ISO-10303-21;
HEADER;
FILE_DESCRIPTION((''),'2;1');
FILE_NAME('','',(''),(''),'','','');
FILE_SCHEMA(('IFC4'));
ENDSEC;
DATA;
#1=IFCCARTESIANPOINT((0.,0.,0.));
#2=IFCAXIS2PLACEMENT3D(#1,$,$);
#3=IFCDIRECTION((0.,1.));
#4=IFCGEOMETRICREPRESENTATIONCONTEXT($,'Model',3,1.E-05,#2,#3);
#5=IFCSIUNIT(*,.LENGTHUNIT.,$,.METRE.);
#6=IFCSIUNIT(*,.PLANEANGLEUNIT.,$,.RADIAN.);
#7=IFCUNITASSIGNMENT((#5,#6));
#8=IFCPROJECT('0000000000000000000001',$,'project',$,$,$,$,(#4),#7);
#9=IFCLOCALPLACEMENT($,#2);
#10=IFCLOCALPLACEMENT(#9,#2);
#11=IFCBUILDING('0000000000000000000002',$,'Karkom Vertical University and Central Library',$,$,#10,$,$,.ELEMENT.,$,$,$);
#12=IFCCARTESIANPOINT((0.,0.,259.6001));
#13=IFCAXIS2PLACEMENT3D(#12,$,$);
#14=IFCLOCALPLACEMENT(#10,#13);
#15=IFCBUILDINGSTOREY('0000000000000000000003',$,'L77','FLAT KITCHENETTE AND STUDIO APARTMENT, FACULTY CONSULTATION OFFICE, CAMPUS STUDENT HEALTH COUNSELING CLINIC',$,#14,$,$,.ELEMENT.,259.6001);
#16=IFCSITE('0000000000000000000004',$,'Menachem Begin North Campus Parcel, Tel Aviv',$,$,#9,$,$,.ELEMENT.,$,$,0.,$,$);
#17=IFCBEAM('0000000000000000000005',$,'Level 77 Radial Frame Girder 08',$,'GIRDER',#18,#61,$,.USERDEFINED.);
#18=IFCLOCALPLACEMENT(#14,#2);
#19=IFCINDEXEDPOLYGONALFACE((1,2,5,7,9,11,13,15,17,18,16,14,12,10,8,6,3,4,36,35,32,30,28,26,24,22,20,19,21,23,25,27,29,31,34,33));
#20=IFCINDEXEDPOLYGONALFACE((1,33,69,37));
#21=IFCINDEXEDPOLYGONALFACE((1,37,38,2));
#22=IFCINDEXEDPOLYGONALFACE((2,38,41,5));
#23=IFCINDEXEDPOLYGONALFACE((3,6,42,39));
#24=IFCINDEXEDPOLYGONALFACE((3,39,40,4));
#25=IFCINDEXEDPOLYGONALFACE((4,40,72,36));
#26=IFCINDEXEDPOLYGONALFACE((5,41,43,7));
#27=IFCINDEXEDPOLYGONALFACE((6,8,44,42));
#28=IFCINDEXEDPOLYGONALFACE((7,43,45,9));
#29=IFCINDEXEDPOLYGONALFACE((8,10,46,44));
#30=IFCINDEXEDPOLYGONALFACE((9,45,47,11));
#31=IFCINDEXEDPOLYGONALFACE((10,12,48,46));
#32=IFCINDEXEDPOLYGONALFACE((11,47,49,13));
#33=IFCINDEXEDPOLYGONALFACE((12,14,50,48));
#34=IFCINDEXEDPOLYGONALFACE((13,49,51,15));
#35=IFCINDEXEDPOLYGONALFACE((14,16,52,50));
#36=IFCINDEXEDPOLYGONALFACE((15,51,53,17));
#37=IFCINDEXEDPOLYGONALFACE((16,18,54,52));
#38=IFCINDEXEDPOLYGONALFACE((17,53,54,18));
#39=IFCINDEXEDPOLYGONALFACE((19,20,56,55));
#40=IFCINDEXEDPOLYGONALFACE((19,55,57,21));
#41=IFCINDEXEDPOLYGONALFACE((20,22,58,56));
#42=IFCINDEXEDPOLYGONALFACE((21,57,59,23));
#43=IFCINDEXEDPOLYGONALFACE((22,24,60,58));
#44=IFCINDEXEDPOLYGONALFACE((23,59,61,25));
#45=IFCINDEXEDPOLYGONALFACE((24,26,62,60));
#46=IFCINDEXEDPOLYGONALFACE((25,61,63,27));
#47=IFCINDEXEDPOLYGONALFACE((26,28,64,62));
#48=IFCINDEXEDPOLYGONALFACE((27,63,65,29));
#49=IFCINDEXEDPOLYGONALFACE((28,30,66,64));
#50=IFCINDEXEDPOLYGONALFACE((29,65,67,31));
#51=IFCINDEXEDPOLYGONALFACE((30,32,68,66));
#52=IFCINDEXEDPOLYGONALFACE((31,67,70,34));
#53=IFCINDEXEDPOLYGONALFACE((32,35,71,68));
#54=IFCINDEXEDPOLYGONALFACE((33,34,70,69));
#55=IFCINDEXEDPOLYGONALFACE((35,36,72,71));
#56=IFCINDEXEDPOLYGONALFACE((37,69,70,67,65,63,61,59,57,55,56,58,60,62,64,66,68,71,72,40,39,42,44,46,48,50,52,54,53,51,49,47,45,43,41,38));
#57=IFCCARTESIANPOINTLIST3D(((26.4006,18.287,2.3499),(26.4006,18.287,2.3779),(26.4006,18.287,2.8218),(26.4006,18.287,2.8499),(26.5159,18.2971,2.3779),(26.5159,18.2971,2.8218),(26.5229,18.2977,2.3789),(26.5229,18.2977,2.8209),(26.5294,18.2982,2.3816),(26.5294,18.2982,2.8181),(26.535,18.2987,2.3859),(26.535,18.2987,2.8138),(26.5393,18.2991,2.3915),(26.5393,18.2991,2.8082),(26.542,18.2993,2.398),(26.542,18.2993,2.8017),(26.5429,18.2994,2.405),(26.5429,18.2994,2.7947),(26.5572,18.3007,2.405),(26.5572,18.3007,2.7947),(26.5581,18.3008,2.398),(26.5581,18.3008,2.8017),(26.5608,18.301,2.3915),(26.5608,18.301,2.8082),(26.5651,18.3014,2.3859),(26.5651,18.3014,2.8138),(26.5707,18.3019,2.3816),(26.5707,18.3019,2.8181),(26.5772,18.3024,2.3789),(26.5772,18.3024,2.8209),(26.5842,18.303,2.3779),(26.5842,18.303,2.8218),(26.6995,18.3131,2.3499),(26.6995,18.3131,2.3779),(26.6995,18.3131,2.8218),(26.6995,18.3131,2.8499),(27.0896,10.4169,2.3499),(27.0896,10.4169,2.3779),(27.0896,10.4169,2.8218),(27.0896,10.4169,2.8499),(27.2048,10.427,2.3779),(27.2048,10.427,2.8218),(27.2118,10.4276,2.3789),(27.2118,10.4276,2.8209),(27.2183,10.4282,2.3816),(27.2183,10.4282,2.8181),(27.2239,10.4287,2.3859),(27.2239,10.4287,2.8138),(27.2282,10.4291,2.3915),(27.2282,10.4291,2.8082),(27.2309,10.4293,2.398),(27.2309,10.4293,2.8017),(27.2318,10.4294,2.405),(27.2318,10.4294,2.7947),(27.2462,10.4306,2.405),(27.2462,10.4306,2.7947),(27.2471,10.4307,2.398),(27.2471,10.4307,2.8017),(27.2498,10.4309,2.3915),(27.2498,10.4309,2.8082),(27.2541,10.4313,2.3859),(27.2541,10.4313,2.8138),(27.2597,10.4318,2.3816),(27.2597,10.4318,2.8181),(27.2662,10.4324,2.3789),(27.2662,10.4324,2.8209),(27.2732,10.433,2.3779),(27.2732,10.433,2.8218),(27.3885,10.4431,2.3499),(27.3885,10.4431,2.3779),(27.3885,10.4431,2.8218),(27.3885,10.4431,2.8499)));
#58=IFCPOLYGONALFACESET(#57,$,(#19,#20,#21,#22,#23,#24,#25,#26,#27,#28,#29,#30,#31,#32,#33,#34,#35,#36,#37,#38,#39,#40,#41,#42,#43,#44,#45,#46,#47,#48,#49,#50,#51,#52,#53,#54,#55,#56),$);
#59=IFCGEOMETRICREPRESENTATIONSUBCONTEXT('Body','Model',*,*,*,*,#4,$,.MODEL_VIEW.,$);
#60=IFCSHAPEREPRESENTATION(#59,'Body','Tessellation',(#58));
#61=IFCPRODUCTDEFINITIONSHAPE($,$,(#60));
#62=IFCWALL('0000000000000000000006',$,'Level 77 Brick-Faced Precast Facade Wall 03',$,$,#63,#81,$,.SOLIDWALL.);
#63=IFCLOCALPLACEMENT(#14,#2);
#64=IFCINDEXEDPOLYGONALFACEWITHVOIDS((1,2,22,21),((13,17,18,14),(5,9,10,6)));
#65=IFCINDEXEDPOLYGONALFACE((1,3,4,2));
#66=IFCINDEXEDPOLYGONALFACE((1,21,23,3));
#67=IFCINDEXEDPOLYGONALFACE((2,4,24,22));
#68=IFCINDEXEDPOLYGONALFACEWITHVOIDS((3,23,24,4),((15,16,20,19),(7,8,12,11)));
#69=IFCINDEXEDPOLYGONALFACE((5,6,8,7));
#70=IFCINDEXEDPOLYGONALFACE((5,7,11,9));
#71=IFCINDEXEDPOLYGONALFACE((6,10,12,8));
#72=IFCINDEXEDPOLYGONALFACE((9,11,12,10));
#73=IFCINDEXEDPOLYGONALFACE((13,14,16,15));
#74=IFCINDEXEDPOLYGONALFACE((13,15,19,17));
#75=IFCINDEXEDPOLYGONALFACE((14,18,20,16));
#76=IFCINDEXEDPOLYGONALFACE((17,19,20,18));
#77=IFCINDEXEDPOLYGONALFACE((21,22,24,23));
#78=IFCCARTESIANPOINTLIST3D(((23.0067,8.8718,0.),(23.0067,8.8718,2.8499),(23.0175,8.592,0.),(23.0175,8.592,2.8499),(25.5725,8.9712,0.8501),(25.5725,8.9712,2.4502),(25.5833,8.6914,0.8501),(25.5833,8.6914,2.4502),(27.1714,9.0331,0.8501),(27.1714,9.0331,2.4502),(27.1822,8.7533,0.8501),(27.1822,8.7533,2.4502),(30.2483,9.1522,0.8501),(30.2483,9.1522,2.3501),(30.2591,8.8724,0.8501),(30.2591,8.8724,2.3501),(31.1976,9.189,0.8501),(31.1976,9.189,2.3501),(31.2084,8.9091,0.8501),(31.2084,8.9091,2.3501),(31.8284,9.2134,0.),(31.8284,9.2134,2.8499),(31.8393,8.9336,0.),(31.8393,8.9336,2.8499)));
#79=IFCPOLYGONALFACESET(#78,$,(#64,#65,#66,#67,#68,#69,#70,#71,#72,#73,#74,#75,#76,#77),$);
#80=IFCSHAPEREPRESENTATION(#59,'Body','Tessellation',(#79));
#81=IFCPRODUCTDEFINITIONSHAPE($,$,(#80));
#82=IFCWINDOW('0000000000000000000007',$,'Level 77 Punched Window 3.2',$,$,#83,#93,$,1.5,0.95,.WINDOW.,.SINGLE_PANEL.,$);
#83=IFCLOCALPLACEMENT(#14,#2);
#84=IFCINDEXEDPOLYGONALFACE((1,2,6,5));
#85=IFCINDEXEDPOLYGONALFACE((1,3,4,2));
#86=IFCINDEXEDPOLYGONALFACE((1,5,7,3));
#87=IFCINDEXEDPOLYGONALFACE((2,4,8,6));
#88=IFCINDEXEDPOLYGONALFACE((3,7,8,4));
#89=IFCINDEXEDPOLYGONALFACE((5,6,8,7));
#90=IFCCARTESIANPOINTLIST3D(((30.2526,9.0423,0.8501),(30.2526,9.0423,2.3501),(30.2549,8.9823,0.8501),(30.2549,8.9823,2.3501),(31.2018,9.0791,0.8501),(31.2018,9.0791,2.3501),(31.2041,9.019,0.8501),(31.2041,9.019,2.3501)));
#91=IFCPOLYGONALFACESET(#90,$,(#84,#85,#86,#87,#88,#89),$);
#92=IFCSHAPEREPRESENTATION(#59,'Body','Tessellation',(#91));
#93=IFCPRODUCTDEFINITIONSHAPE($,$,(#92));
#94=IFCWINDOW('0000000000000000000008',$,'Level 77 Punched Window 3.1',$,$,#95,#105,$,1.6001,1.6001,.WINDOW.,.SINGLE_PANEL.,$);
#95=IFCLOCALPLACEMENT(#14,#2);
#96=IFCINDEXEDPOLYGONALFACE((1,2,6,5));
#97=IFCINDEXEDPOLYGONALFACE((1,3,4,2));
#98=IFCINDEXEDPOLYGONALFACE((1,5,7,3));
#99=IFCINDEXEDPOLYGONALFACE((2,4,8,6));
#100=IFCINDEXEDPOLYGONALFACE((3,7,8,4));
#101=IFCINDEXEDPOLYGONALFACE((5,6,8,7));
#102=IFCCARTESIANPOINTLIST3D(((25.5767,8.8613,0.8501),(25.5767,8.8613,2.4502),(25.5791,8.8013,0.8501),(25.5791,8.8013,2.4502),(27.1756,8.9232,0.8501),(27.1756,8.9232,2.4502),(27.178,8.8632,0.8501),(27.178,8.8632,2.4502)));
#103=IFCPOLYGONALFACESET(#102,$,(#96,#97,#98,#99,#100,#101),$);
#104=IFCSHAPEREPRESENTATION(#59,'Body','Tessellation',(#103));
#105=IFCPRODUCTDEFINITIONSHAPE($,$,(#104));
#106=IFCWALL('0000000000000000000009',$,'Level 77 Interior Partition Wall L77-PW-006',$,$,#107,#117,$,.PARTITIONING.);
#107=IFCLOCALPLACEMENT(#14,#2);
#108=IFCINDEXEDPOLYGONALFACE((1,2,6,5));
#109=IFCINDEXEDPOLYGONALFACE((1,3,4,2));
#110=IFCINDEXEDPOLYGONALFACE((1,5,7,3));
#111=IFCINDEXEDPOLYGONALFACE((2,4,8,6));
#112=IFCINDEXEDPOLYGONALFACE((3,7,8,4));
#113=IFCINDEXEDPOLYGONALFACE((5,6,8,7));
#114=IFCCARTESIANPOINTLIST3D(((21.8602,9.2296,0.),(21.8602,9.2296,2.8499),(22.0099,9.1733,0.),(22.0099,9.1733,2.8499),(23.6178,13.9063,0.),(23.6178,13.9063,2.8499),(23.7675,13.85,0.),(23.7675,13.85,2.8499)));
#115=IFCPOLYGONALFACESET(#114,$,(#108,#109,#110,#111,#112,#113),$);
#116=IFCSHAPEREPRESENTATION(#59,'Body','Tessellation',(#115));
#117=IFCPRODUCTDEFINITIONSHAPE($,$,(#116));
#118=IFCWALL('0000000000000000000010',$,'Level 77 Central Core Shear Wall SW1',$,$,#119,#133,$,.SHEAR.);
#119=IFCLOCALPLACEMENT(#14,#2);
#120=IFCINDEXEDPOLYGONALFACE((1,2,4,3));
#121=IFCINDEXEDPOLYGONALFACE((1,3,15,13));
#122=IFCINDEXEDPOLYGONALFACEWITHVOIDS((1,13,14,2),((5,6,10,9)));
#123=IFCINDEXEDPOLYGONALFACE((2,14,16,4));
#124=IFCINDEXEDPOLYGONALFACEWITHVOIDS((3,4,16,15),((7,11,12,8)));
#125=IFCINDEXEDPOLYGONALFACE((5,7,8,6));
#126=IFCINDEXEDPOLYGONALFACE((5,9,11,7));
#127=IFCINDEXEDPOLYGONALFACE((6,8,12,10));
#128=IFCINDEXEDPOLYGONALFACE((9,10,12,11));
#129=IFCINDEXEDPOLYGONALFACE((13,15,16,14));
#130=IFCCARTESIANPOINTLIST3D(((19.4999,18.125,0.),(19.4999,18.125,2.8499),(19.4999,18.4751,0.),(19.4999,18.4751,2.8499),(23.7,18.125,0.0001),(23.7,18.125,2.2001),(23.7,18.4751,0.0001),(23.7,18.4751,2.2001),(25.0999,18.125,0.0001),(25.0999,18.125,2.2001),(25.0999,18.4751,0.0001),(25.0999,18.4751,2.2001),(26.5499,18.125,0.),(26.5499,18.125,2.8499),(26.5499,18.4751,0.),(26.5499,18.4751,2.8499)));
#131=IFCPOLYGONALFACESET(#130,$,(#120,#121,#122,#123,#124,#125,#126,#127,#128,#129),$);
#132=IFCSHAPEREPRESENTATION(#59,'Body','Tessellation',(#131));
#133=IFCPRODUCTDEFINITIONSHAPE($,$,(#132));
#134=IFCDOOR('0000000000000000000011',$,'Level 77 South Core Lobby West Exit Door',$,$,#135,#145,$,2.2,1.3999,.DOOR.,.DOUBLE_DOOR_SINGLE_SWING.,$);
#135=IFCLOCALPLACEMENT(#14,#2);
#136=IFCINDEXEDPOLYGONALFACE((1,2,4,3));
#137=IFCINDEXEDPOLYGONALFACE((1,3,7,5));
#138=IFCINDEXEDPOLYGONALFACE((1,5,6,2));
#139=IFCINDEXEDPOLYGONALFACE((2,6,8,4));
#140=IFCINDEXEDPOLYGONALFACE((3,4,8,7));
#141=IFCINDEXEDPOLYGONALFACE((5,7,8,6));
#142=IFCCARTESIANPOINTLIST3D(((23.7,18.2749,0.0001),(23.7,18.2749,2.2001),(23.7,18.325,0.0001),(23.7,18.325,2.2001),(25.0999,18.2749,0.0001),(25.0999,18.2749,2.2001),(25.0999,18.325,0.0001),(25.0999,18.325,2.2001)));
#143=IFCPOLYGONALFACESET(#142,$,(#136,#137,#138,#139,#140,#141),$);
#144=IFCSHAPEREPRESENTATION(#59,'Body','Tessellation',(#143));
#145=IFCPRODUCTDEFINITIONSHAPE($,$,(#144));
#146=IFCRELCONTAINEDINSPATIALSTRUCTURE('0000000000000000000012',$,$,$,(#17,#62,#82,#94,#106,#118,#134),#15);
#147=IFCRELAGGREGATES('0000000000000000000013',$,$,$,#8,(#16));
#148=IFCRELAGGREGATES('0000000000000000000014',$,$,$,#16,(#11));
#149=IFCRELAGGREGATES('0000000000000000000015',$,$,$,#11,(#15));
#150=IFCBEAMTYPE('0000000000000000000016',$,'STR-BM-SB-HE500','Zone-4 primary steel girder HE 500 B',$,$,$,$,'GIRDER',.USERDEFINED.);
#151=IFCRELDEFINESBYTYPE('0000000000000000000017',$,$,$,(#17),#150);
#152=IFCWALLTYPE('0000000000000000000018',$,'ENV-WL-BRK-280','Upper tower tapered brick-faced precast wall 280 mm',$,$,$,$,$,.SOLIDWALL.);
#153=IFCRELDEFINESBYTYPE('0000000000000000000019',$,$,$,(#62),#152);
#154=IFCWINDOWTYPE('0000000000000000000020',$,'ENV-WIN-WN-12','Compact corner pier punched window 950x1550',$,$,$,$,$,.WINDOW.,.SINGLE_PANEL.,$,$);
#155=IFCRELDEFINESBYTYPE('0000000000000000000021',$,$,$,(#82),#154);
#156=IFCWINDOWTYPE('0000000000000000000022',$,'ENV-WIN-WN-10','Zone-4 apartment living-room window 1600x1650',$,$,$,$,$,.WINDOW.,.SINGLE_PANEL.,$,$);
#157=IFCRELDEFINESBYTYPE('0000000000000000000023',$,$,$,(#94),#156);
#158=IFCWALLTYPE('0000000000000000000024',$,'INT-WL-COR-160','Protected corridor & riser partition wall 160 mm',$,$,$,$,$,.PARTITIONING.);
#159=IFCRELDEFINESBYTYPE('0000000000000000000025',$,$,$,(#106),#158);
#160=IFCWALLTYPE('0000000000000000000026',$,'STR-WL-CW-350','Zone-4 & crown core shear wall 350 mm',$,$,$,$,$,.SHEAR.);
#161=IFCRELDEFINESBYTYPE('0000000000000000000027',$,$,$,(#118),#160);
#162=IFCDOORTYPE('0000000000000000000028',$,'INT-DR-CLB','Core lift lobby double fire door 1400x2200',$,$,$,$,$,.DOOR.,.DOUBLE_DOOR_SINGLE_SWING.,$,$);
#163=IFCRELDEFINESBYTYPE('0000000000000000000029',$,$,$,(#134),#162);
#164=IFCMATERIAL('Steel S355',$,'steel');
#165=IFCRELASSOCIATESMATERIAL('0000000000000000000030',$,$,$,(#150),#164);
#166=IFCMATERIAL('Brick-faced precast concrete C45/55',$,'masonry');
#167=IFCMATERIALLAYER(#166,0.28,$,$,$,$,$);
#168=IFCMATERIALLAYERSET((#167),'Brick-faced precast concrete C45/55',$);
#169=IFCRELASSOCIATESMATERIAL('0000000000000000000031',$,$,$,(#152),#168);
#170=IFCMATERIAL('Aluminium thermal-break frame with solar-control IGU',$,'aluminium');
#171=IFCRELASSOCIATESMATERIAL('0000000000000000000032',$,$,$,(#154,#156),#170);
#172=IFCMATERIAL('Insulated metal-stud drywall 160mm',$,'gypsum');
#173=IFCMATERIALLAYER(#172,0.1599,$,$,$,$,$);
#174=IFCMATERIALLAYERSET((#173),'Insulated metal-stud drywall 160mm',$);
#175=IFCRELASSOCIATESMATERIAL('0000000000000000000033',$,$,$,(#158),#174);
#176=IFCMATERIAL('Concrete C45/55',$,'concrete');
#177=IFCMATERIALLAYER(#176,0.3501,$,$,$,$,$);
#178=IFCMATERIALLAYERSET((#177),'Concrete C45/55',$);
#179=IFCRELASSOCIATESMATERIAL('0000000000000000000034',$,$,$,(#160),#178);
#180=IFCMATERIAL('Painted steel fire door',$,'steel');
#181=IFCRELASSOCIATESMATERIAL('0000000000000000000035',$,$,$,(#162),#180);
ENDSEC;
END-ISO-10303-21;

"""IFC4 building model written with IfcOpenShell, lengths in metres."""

from ifc_helpers import new_model, si_unit, direction, frame, frame_2d, origin, origin_with_axes, origin_2d, place, context, subcontext, project, spatial, rectangle, i_section, extrude, source, transform, mapped, material, layer, layer_set, material_profile, profile_set, type_object, element, fill, save


model = new_model("IFC4")

# Units and contexts
model_context = context("Model", 3, precision=1e-05, world=origin(), true_north=direction((0.0, 1.0)))
body_context = subcontext(model_context, "Body", "Model", "MODEL_VIEW")
ifc_project = project(units=[si_unit("LENGTHUNIT", "METRE"), si_unit("PLANEANGLEUNIT", "RADIAN")], contexts=[model_context])

# Site, building, storey
site_placement = place(None, origin())
site = spatial("IfcSite", under=ifc_project, at=site_placement, Name="Menachem Begin North Campus Parcel, Tel Aviv", CompositionType="ELEMENT", RefElevation=0.0)
building_placement = place(site_placement, origin())
building = spatial("IfcBuilding", under=site, at=building_placement, Name="Karkom Vertical University and Central Library", CompositionType="ELEMENT")
storey_placement = place(building_placement, frame((0.0, 0.0, 259.6001)))
storey = spatial("IfcBuildingStorey", under=building, at=storey_placement, Name="L77", Description="FLAT KITCHENETTE AND STUDIO APARTMENT, FACULTY CONSULTATION OFFICE, CAMPUS STUDENT HEALTH COUNSELING CLINIC", CompositionType="ELEMENT", Elevation=259.6001)

# Shared definitions
ifc_material_1 = material(Name="Concrete C45/55", Category="concrete")

# Beam
ifc_material_2 = material(Name="Steel S355", Category="steel")
ifc_material_profile_1 = material_profile(ifc_material_2, i_section(OverallWidth=0.3, OverallDepth=0.5, WebThickness=0.0144, FlangeThickness=0.0281, FilletRadius=0.0271, at=origin_2d()), Name="HE 500 B")
ifc_profile_set_1 = profile_set([ifc_material_profile_1], Name="Steel S355")
beam_type = type_object("IfcBeamType", Name="STR-BM-SB-HE500", Description="Zone-4 primary steel girder HE 500 B", ElementType="GIRDER", PredefinedType="USERDEFINED", material=ifc_profile_set_1)
shared_shape_1 = source(origin_with_axes(), body_context, "Body", "SweptSolid", [
    extrude(i_section(OverallWidth=0.3, OverallDepth=0.5, WebThickness=0.0144, FlangeThickness=0.0281, FilletRadius=0.0271, at=origin_2d()), origin(), (0.0, 0.0, 1.0), 7.9001),
])
beam_1_placement = place(storey_placement, frame((26.55, 18.3, 2.5999), z_axis=(0.087208, -0.99619, 0.0), x_axis=(0.99619, 0.087208, 0.0)))
element("IfcBeam", 1, at=beam_1_placement, inside=storey, type_object=beam_type, Name="Level 77 Radial Frame Girder 08", ObjectType="GIRDER", PredefinedType="USERDEFINED", context=body_context, shape_type="MappedRepresentation", body=[
    mapped(shared_shape_1, transform((0.0, 0.0, 0.0), scale=1.0)),
])

# Wall, openings, windows
ifc_material_3 = material(Name="Brick-faced precast concrete C45/55", Category="masonry")
ifc_layer_1 = layer(ifc_material_3, 0.28)
ifc_layer_set_1 = layer_set([ifc_layer_1], Name="Brick-faced precast concrete C45/55")
wall_type_1 = type_object("IfcWallType", Name="ENV-WL-BRK-280", Description="Upper tower tapered brick-faced precast wall 280 mm", PredefinedType="SOLIDWALL", material=ifc_layer_set_1)
wall_1_placement = place(storey_placement, frame((23.0122, 8.7319, 0.0), z_axis=(0.0, 0.0, 1.0), x_axis=(0.999251, 0.038688, 0.0)))
wall_1 = element("IfcWall", 2, at=wall_1_placement, inside=storey, type_object=wall_type_1, Name="Level 77 Brick-Faced Precast Facade Wall 03", PredefinedType="SOLIDWALL", context=body_context, shape_type="SweptSolid", body=[
    extrude(rectangle(XDim=8.8284, YDim=0.28, at=frame_2d((4.4141, 0.0))), origin(), (0.0, 0.0, 1.0), 2.8499),
])
opening_1_placement = place(wall_1_placement, frame((2.5676, 0.0, 0.8501)))
opening_1 = element("IfcOpeningElement", 3, at=opening_1_placement, cuts=wall_1, PredefinedType="OPENING", context=body_context, shape_type="SweptSolid", body=[
    extrude(rectangle(XDim=1.6001, YDim=1.6001, at=frame_2d((0.8, 0.8))), frame((0.0, 0.1499, 0.0), z_axis=(0.0, -1.0, 0.0), x_axis=(1.0, 0.0, 0.0)), (0.0, 0.0, 1.0), 0.3),
])
opening_2_placement = place(wall_1_placement, frame((7.2468, 0.0, 0.8501)))
opening_2 = element("IfcOpeningElement", 4, at=opening_2_placement, cuts=wall_1, PredefinedType="OPENING", context=body_context, shape_type="SweptSolid", body=[
    extrude(rectangle(XDim=0.95, YDim=1.5, at=frame_2d((0.4751, 0.75))), frame((0.0, 0.1499, 0.0), z_axis=(0.0, -1.0, 0.0), x_axis=(1.0, 0.0, 0.0)), (0.0, 0.0, 1.0), 0.3),
])
ifc_material_4 = material(Name="Aluminium thermal-break frame with solar-control IGU", Category="aluminium")
window_type_1 = type_object("IfcWindowType", Name="ENV-WIN-WN-12", Description="Compact corner pier punched window 950x1550", PartitioningType="SINGLE_PANEL", PredefinedType="WINDOW", material=ifc_material_4)
shared_shape_2 = source(origin_with_axes(), body_context, "Body", "SweptSolid", [
    extrude(rectangle(XDim=0.95, YDim=1.5, at=frame_2d((0.4751, 0.75))), frame((0.0, 0.03, 0.0), z_axis=(0.0, -1.0, 0.0), x_axis=(1.0, 0.0, 0.0)), (0.0, 0.0, 1.0), 0.0601),
])
window_1_placement = place(opening_2_placement, origin())
window_1 = element("IfcWindow", 5, at=window_1_placement, inside=storey, type_object=window_type_1, Name="Level 77 Punched Window 3.2", OverallHeight=1.5, OverallWidth=0.95, PartitioningType="SINGLE_PANEL", PredefinedType="WINDOW", context=body_context, shape_type="MappedRepresentation", body=[
    mapped(shared_shape_2, transform((0.0, 0.0, 0.0), scale=1.0)),
])
fill(opening_2, window_1)
window_type_2 = type_object("IfcWindowType", Name="ENV-WIN-WN-10", Description="Zone-4 apartment living-room window 1600x1650", PartitioningType="SINGLE_PANEL", PredefinedType="WINDOW", material=ifc_material_4)
shared_shape_3 = source(origin_with_axes(), body_context, "Body", "SweptSolid", [
    extrude(rectangle(XDim=1.6001, YDim=1.6001, at=frame_2d((0.8, 0.8))), frame((0.0, 0.03, 0.0), z_axis=(0.0, -1.0, 0.0), x_axis=(1.0, 0.0, 0.0)), (0.0, 0.0, 1.0), 0.0601),
])
window_2_placement = place(opening_1_placement, origin())
window_2 = element("IfcWindow", 6, at=window_2_placement, inside=storey, type_object=window_type_2, Name="Level 77 Punched Window 3.1", OverallHeight=1.6001, OverallWidth=1.6001, PartitioningType="SINGLE_PANEL", PredefinedType="WINDOW", context=body_context, shape_type="MappedRepresentation", body=[
    mapped(shared_shape_3, transform((0.0, 0.0, 0.0), scale=1.0)),
])
fill(opening_1, window_2)

# Wall
ifc_material_5 = material(Name="Insulated metal-stud drywall 160mm", Category="gypsum")
ifc_layer_2 = layer(ifc_material_5, 0.1599)
ifc_layer_set_2 = layer_set([ifc_layer_2], Name="Insulated metal-stud drywall 160mm")
wall_type_2 = type_object("IfcWallType", Name="INT-WL-COR-160", Description="Protected corridor & riser partition wall 160 mm", PredefinedType="PARTITIONING", material=ifc_layer_set_2)
wall_2_placement = place(storey_placement, frame((23.6926, 13.8782, 0.0), z_axis=(0.0, 0.0, 1.0), x_axis=(-0.351787, -0.93608, 0.0)))
element("IfcWall", 7, at=wall_2_placement, inside=storey, type_object=wall_type_2, Name="Level 77 Interior Partition Wall L77-PW-006", PredefinedType="PARTITIONING", context=body_context, shape_type="SweptSolid", body=[
    extrude(rectangle(XDim=4.9961, YDim=0.1599, at=frame_2d((2.498, 0.0))), origin(), (0.0, 0.0, 1.0), 2.8499),
])

# Wall, opening, door
ifc_layer_3 = layer(ifc_material_1, 0.3501)
ifc_layer_set_3 = layer_set([ifc_layer_3], Name="Concrete C45/55")
wall_type_3 = type_object("IfcWallType", Name="STR-WL-CW-350", Description="Zone-4 & crown core shear wall 350 mm", PredefinedType="SHEAR", material=ifc_layer_set_3)
wall_3_placement = place(storey_placement, frame((19.5, 18.3, 0.0), z_axis=(0.0, 0.0, 1.0), x_axis=(1.0, 0.0, 0.0)))
wall_3 = element("IfcWall", 8, at=wall_3_placement, inside=storey, type_object=wall_type_3, Name="Level 77 Central Core Shear Wall SW1", PredefinedType="SHEAR", context=body_context, shape_type="SweptSolid", body=[
    extrude(rectangle(XDim=7.05, YDim=0.3501, at=frame_2d((3.5249, 0.0))), origin(), (0.0, 0.0, 1.0), 2.8499),
])
opening_3_placement = place(wall_3_placement, frame((4.2, 0.0, 0.0)))
opening_3 = element("IfcOpeningElement", 9, at=opening_3_placement, cuts=wall_3, PredefinedType="OPENING", context=body_context, shape_type="SweptSolid", body=[
    extrude(rectangle(XDim=1.3999, YDim=2.2, at=frame_2d((0.7, 1.1001))), frame((0.0, 0.1851, 0.0), z_axis=(0.0, -1.0, 0.0), x_axis=(1.0, 0.0, 0.0)), (0.0, 0.0, 1.0), 0.3701),
])
ifc_material_6 = material(Name="Painted steel fire door", Category="steel")
door_type_1 = type_object("IfcDoorType", Name="INT-DR-CLB", Description="Core lift lobby double fire door 1400x2200", OperationType="DOUBLE_DOOR_SINGLE_SWING", PredefinedType="DOOR", material=ifc_material_6)
shared_shape_4 = source(origin_with_axes(), body_context, "Body", "SweptSolid", [
    extrude(rectangle(XDim=1.3999, YDim=2.2, at=frame_2d((0.7, 1.1001))), frame((0.0, 0.0249, 0.0), z_axis=(0.0, -1.0, 0.0), x_axis=(1.0, 0.0, 0.0)), (0.0, 0.0, 1.0), 0.05),
])
door_1_placement = place(opening_3_placement, origin())
door_1 = element("IfcDoor", 10, at=door_1_placement, inside=storey, type_object=door_type_1, Name="Level 77 South Core Lobby West Exit Door", OperationType="DOUBLE_DOOR_SINGLE_SWING", OverallHeight=2.2, OverallWidth=1.3999, PredefinedType="DOOR", context=body_context, shape_type="MappedRepresentation", body=[
    mapped(shared_shape_4, transform((0.0, 0.0, 0.0), scale=1.0)),
])
fill(opening_3, door_1)

save(model, "model.ifc")
